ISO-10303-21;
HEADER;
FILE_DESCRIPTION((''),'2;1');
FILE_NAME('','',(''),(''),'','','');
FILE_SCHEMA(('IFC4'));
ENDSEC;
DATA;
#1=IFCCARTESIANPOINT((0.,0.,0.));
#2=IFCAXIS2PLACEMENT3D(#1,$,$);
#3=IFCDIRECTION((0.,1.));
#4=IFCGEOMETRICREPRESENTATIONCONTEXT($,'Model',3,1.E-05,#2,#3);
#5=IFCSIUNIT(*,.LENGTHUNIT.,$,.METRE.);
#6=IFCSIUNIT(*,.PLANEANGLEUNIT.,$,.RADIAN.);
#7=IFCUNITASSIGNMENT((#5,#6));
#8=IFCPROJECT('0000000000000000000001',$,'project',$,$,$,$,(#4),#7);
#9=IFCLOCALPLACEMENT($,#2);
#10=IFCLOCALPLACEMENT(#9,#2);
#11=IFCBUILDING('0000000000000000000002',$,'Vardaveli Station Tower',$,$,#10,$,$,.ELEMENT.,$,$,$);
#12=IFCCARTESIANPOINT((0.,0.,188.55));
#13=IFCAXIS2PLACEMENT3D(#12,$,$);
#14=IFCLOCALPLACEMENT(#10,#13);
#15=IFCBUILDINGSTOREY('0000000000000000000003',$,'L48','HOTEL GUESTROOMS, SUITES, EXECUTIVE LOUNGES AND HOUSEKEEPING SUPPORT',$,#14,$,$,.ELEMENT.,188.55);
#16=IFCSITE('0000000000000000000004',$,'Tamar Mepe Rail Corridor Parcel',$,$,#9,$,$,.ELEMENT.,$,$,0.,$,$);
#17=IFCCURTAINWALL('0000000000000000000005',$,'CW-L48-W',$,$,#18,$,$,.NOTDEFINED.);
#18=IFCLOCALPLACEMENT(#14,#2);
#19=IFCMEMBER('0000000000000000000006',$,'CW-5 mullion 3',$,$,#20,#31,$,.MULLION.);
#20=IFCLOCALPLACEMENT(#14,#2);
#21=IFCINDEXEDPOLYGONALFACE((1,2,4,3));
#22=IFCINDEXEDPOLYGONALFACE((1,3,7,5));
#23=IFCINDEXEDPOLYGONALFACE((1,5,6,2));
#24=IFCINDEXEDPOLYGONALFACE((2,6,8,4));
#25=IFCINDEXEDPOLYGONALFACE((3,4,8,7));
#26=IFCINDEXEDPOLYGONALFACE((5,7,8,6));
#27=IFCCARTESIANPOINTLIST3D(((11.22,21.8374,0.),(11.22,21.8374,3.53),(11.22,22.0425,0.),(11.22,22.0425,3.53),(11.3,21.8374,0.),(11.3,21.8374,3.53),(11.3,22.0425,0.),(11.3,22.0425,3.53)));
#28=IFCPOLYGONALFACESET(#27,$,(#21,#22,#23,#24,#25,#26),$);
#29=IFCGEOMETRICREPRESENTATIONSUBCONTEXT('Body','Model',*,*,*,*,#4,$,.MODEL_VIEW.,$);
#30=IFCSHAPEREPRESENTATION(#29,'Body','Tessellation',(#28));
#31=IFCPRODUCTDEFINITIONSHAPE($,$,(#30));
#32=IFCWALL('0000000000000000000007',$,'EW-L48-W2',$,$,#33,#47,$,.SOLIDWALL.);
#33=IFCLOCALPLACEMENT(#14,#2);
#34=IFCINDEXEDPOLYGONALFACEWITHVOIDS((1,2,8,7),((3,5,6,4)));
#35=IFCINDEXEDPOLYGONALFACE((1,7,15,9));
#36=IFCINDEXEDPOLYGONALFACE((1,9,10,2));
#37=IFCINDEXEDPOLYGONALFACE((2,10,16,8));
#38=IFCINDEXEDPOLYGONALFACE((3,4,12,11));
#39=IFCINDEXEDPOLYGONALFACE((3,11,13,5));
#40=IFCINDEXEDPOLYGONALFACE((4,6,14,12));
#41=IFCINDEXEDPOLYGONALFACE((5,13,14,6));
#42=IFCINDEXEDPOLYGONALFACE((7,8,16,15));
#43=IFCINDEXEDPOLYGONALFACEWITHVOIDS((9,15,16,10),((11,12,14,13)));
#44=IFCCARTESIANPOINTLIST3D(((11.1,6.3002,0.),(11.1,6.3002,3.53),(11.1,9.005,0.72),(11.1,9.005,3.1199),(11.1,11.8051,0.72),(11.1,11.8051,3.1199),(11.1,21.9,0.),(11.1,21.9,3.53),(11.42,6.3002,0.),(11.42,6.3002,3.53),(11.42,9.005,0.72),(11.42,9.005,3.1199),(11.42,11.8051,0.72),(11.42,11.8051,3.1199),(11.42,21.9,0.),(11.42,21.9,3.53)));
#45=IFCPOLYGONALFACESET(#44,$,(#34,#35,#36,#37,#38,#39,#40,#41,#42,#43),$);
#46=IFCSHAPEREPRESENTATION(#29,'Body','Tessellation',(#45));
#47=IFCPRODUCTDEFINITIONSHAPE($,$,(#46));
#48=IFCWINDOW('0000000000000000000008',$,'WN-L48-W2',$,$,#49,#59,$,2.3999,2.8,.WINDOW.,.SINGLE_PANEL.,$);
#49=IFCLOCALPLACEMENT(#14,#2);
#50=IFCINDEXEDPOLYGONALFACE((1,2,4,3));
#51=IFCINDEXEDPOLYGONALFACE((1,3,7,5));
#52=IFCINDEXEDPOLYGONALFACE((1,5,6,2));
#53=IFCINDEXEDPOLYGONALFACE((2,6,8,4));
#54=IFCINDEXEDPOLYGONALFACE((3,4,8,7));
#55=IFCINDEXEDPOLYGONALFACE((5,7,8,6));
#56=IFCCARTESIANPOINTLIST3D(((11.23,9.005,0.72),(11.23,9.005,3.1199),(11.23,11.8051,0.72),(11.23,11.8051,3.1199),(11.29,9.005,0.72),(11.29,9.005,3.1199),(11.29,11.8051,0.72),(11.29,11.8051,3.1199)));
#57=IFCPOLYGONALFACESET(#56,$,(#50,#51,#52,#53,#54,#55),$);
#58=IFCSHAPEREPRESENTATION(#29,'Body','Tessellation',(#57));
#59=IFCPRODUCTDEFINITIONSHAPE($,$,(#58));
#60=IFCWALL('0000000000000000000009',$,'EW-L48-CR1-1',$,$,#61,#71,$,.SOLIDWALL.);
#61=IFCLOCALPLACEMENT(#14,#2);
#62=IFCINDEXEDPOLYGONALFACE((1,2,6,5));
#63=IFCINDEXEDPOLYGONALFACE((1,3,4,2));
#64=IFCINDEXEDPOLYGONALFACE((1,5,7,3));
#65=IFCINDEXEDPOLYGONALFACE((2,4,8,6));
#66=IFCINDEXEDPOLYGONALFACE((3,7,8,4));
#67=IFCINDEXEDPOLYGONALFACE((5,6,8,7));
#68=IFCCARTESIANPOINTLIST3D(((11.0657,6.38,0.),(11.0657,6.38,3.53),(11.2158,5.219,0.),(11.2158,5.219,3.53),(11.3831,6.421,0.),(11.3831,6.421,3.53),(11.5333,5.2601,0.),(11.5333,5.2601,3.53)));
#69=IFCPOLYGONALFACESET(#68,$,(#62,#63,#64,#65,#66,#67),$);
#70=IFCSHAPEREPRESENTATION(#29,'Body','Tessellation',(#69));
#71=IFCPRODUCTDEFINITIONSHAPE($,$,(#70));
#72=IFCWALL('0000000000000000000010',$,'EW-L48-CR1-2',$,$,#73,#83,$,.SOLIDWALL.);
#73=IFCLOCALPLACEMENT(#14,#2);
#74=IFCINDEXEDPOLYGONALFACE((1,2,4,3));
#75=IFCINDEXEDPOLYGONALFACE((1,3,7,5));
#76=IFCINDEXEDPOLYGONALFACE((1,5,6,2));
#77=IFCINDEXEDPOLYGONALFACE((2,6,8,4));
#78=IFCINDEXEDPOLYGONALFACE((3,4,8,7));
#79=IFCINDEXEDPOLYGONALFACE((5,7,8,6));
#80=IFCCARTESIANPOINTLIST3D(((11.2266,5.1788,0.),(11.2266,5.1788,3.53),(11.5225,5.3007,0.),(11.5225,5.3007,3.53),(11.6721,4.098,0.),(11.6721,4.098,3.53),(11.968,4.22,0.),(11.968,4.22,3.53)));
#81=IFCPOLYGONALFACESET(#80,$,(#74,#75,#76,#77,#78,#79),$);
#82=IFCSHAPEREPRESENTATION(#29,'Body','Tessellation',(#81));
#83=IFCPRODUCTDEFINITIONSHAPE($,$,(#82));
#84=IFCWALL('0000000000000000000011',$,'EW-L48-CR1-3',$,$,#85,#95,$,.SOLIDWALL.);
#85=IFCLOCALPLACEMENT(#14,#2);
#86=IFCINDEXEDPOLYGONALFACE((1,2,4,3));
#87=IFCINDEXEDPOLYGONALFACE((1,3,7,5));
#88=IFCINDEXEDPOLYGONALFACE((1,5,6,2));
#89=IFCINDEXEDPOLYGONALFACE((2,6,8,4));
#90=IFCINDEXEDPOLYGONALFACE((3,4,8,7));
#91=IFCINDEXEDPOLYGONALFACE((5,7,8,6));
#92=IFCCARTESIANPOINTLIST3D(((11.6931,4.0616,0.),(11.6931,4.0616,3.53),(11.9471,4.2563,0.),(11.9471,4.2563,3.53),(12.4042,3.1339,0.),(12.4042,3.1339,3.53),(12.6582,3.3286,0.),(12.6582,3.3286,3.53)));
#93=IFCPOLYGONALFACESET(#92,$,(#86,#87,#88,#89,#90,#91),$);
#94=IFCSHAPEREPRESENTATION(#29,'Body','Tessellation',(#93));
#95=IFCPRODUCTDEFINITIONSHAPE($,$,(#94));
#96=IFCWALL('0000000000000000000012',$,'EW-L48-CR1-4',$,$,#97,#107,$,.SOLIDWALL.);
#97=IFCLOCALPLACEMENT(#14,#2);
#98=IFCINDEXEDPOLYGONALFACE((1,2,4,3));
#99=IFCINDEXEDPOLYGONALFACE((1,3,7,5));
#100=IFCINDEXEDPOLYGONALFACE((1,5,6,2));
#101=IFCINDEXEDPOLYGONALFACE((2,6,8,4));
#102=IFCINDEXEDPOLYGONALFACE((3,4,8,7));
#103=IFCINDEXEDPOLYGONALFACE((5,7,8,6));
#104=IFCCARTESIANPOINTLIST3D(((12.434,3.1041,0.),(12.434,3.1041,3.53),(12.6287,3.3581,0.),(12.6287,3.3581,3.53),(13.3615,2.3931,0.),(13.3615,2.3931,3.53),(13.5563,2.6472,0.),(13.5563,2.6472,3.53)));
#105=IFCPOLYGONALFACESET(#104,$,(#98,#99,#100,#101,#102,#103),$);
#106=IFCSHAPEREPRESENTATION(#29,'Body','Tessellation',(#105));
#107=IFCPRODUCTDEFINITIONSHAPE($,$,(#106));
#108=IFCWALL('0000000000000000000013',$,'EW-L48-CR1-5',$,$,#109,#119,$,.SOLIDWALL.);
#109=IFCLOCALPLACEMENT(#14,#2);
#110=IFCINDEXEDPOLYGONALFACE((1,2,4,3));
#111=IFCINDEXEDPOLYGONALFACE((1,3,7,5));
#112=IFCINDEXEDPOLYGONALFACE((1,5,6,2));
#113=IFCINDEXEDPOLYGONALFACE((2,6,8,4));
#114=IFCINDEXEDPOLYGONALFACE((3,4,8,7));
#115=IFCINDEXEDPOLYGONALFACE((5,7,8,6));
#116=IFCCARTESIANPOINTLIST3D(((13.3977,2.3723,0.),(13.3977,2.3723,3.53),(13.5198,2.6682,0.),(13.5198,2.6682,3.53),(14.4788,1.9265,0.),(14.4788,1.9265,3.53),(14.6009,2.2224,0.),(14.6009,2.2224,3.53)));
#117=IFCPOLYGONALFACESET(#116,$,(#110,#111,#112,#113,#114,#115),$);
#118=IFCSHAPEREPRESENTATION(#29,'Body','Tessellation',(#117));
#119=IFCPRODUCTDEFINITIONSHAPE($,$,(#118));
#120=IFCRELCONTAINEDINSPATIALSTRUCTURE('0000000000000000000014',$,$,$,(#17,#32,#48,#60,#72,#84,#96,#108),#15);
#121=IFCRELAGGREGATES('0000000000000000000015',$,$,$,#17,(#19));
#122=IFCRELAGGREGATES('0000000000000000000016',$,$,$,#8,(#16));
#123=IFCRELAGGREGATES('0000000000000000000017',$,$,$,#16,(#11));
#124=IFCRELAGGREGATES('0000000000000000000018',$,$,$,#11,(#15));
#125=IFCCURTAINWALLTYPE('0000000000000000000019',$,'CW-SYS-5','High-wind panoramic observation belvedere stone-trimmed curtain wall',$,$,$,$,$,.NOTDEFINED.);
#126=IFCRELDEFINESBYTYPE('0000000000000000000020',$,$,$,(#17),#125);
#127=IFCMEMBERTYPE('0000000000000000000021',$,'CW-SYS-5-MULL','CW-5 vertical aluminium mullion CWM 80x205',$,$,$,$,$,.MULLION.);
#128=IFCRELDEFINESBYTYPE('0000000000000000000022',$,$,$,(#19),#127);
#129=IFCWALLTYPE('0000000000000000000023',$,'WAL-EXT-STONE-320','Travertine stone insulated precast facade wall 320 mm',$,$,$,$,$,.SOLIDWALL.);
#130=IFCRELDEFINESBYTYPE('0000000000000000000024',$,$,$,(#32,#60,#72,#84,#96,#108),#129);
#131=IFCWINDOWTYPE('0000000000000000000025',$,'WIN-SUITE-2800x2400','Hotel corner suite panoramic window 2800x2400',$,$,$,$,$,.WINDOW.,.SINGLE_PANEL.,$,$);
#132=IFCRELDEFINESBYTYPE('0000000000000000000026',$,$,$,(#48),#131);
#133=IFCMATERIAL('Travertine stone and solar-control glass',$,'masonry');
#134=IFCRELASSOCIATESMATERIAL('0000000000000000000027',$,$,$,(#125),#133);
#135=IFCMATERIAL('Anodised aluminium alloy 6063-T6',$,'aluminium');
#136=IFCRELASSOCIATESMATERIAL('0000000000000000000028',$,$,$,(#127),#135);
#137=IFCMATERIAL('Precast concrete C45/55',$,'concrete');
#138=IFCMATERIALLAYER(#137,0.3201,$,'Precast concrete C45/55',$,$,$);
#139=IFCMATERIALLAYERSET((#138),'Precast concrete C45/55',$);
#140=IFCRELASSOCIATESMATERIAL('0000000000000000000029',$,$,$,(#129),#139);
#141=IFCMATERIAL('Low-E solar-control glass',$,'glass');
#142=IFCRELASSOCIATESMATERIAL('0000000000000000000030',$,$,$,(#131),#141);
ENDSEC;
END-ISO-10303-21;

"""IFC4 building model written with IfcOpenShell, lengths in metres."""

from ifc_helpers import new_model, si_unit, direction, frame, frame_2d, origin, origin_2d, place, context, subcontext, project, spatial, rectangle, extrude, source, transform, mapped, material, layer, layer_set, material_profile, profile_set, type_object, element, fill, aggregate, save


model = new_model("IFC4")

# Units and contexts
model_context = context("Model", 3, precision=1e-05, world=origin(), true_north=direction((0.0, 1.0)))
body_context = subcontext(model_context, "Body", "Model", "MODEL_VIEW")
ifc_project = project(units=[si_unit("LENGTHUNIT", "METRE"), si_unit("PLANEANGLEUNIT", "RADIAN")], contexts=[model_context])

# Site, building, storey
site_placement = place(None, origin())
site = spatial("IfcSite", under=ifc_project, at=site_placement, Name="Tamar Mepe Rail Corridor Parcel", CompositionType="ELEMENT", RefElevation=0.0)
building_placement = place(site_placement, origin())
building = spatial("IfcBuilding", under=site, at=building_placement, Name="Vardaveli Station Tower", CompositionType="ELEMENT")
storey_placement = place(building_placement, frame((0.0, 0.0, 188.55)))
storey = spatial("IfcBuildingStorey", under=building, at=storey_placement, Name="L48", Description="HOTEL GUESTROOMS, SUITES, EXECUTIVE LOUNGES AND HOUSEKEEPING SUPPORT", CompositionType="ELEMENT", Elevation=188.55)

# Shared definitions
ifc_material_1 = material(Name="Precast concrete C45/55", Category="concrete")

# Curtain wall, member
ifc_material_2 = material(Name="Travertine stone and solar-control glass", Category="masonry")
curtain_wall_type = type_object("IfcCurtainWallType", Name="CW-SYS-5", Description="High-wind panoramic observation belvedere stone-trimmed curtain wall", PredefinedType="NOTDEFINED", material=ifc_material_2)
curtain_wall_placement = place(storey_placement, origin())
curtain_wall = element("IfcCurtainWall", 1, at=curtain_wall_placement, inside=storey, type_object=curtain_wall_type, Name="CW-L48-W", PredefinedType="NOTDEFINED")
ifc_material_3 = material(Name="Anodised aluminium alloy 6063-T6", Category="aluminium")
ifc_material_profile_1 = material_profile(ifc_material_3, rectangle(XDim=0.0801, YDim=0.2051, at=origin_2d()), Name="CWM 80x205")
ifc_profile_set_1 = profile_set([ifc_material_profile_1], Name="Anodised aluminium alloy 6063-T6")
member_type = type_object("IfcMemberType", Name="CW-SYS-5-MULL", Description="CW-5 vertical aluminium mullion CWM 80x205", PredefinedType="MULLION", material=ifc_profile_set_1)
shared_shape_1 = source(origin(), body_context, "Body", "SweptSolid", [
    extrude(rectangle(XDim=0.0801, YDim=0.2051, at=origin_2d()), origin(), (0.0, 0.0, 1.0), 3.53),
])
member_placement = place(storey_placement, frame((11.26, 21.9399, 0.0), z_axis=(0.0, 0.0, 1.0), x_axis=(1.0, 0.0, 0.0)))
member = element("IfcMember", 2, at=member_placement, type_object=member_type, Name="CW-5 mullion 3", PredefinedType="MULLION", context=body_context, shape_type="MappedRepresentation", body=[
    mapped(shared_shape_1, transform((0.0, 0.0, 0.0), scale=1.0)),
])
aggregate(curtain_wall, [member])

# Wall, opening, window
ifc_layer_1 = layer(ifc_material_1, 0.3201, Name="Precast concrete C45/55")
ifc_layer_set_1 = layer_set([ifc_layer_1], Name="Precast concrete C45/55")
wall_type_1 = type_object("IfcWallType", Name="WAL-EXT-STONE-320", Description="Travertine stone insulated precast facade wall 320 mm", PredefinedType="SOLIDWALL", material=ifc_layer_set_1)
shared_shape_2 = source(origin(), body_context, "Body", "SweptSolid", [
    extrude(rectangle(XDim=15.5999, YDim=0.3201, at=frame_2d((7.7998, 0.0))), origin(), (0.0, 0.0, 1.0), 3.53),
])
wall_1_placement = place(storey_placement, frame((11.26, 21.8999, 0.0), z_axis=(0.0, 0.0, 1.0), x_axis=(0.0, -1.0, 0.0)))
wall_1 = element("IfcWall", 3, at=wall_1_placement, inside=storey, type_object=wall_type_1, Name="EW-L48-W2", PredefinedType="SOLIDWALL", context=body_context, shape_type="MappedRepresentation", body=[
    mapped(shared_shape_2, transform((0.0, 0.0, 0.0), scale=1.0)),
])
shared_shape_3 = source(origin(), body_context, "Body", "SweptSolid", [
    extrude(rectangle(XDim=2.8, YDim=2.3999, at=frame_2d((1.3999, 1.2))), frame((0.0, 0.1699, 0.0), z_axis=(0.0, -1.0, 0.0), x_axis=(1.0, 0.0, 0.0)), (0.0, 0.0, 1.0), 0.3401),
])
opening_1_placement = place(wall_1_placement, frame((10.095, 0.0, 0.72)))
opening_1 = element("IfcOpeningElement", 4, at=opening_1_placement, cuts=wall_1, PredefinedType="OPENING", context=body_context, shape_type="MappedRepresentation", body=[
    mapped(shared_shape_3, transform((0.0, 0.0, 0.0), scale=1.0)),
])
ifc_material_4 = material(Name="Low-E solar-control glass", Category="glass")
window_type = type_object("IfcWindowType", Name="WIN-SUITE-2800x2400", Description="Hotel corner suite panoramic window 2800x2400", PartitioningType="SINGLE_PANEL", PredefinedType="WINDOW", material=ifc_material_4)
shared_shape_4 = source(origin(), body_context, "Body", "SweptSolid", [
    extrude(rectangle(XDim=2.8, YDim=2.3999, at=frame_2d((1.3999, 1.2))), frame((0.0, 0.03, 0.0), z_axis=(0.0, -1.0, 0.0), x_axis=(1.0, 0.0, 0.0)), (0.0, 0.0, 1.0), 0.0601),
])
window_placement = place(opening_1_placement, origin())
window = element("IfcWindow", 5, at=window_placement, inside=storey, type_object=window_type, Name="WN-L48-W2", OverallHeight=2.3999, OverallWidth=2.8, PartitioningType="SINGLE_PANEL", PredefinedType="WINDOW", context=body_context, shape_type="MappedRepresentation", body=[
    mapped(shared_shape_4, transform((0.0, 0.0, 0.0), scale=1.0)),
])
fill(opening_1, window)

# Walls
shared_shape_5 = source(origin(), body_context, "Body", "SweptSolid", [
    extrude(rectangle(XDim=1.1707, YDim=0.3201, at=frame_2d((0.5854, 0.0))), origin(), (0.0, 0.0, 1.0), 3.53),
])
wall_2_placement = place(storey_placement, frame((11.2244, 6.4006, 0.0), z_axis=(0.0, 0.0, 1.0), x_axis=(0.128269, -0.991739, 0.0)))
element("IfcWall", 6, at=wall_2_placement, inside=storey, type_object=wall_type_1, Name="EW-L48-CR1-1", PredefinedType="SOLIDWALL", context=body_context, shape_type="MappedRepresentation", body=[
    mapped(shared_shape_5, transform((0.0, 0.0, 0.0), scale=1.0)),
])
shared_shape_6 = source(origin(), body_context, "Body", "SweptSolid", [
    extrude(rectangle(XDim=1.1689, YDim=0.3201, at=frame_2d((0.5845, 0.0))), origin(), (0.0, 0.0, 1.0), 3.53),
])
for number, where, z_axis, x_axis, name in (
    (7, (11.3745, 5.2397, 0.0), (0.0, 0.0, 1.0), (0.381128, -0.924522, 0.0), "EW-L48-CR1-2"),
    (8, (11.8201, 4.1589, 0.0), (0.0, 0.0, 1.0), (0.608388, -0.79364, 0.0), "EW-L48-CR1-3"),
):
    element("IfcWall", number, at=place(storey_placement, frame(where, z_axis=z_axis, x_axis=x_axis)), inside=storey, type_object=wall_type_1, Name=name, PredefinedType="SOLIDWALL", context=body_context, shape_type="MappedRepresentation", body=[
        mapped(shared_shape_6, transform((0.0, 0.0, 0.0), scale=1.0)),
    ])
shared_shape_7 = source(origin(), body_context, "Body", "SweptSolid", [
    extrude(rectangle(XDim=1.1687, YDim=0.3201, at=frame_2d((0.5845, 0.0))), origin(), (0.0, 0.0, 1.0), 3.53),
])
wall_3_placement = place(storey_placement, frame((12.5312, 3.2312, 0.0), z_axis=(0.0, 0.0, 1.0), x_axis=(0.793664, -0.608357, 0.0)))
element("IfcWall", 9, at=wall_3_placement, inside=storey, type_object=wall_type_1, Name="EW-L48-CR1-4", PredefinedType="SOLIDWALL", context=body_context, shape_type="MappedRepresentation", body=[
    mapped(shared_shape_7, transform((0.0, 0.0, 0.0), scale=1.0)),
])
shared_shape_8 = source(origin(), body_context, "Body", "SweptSolid", [
    extrude(rectangle(XDim=1.1694, YDim=0.3201, at=frame_2d((0.5847, 0.0))), origin(), (0.0, 0.0, 1.0), 3.53),
])
wall_4_placement = place(storey_placement, frame((13.4587, 2.5203, 0.0), z_axis=(0.0, 0.0, 1.0), x_axis=(0.924479, -0.381233, 0.0)))
element("IfcWall", 10, at=wall_4_placement, inside=storey, type_object=wall_type_1, Name="EW-L48-CR1-5", PredefinedType="SOLIDWALL", context=body_context, shape_type="MappedRepresentation", body=[
    mapped(shared_shape_8, transform((0.0, 0.0, 0.0), scale=1.0)),
])

save(model, "model.ifc")
